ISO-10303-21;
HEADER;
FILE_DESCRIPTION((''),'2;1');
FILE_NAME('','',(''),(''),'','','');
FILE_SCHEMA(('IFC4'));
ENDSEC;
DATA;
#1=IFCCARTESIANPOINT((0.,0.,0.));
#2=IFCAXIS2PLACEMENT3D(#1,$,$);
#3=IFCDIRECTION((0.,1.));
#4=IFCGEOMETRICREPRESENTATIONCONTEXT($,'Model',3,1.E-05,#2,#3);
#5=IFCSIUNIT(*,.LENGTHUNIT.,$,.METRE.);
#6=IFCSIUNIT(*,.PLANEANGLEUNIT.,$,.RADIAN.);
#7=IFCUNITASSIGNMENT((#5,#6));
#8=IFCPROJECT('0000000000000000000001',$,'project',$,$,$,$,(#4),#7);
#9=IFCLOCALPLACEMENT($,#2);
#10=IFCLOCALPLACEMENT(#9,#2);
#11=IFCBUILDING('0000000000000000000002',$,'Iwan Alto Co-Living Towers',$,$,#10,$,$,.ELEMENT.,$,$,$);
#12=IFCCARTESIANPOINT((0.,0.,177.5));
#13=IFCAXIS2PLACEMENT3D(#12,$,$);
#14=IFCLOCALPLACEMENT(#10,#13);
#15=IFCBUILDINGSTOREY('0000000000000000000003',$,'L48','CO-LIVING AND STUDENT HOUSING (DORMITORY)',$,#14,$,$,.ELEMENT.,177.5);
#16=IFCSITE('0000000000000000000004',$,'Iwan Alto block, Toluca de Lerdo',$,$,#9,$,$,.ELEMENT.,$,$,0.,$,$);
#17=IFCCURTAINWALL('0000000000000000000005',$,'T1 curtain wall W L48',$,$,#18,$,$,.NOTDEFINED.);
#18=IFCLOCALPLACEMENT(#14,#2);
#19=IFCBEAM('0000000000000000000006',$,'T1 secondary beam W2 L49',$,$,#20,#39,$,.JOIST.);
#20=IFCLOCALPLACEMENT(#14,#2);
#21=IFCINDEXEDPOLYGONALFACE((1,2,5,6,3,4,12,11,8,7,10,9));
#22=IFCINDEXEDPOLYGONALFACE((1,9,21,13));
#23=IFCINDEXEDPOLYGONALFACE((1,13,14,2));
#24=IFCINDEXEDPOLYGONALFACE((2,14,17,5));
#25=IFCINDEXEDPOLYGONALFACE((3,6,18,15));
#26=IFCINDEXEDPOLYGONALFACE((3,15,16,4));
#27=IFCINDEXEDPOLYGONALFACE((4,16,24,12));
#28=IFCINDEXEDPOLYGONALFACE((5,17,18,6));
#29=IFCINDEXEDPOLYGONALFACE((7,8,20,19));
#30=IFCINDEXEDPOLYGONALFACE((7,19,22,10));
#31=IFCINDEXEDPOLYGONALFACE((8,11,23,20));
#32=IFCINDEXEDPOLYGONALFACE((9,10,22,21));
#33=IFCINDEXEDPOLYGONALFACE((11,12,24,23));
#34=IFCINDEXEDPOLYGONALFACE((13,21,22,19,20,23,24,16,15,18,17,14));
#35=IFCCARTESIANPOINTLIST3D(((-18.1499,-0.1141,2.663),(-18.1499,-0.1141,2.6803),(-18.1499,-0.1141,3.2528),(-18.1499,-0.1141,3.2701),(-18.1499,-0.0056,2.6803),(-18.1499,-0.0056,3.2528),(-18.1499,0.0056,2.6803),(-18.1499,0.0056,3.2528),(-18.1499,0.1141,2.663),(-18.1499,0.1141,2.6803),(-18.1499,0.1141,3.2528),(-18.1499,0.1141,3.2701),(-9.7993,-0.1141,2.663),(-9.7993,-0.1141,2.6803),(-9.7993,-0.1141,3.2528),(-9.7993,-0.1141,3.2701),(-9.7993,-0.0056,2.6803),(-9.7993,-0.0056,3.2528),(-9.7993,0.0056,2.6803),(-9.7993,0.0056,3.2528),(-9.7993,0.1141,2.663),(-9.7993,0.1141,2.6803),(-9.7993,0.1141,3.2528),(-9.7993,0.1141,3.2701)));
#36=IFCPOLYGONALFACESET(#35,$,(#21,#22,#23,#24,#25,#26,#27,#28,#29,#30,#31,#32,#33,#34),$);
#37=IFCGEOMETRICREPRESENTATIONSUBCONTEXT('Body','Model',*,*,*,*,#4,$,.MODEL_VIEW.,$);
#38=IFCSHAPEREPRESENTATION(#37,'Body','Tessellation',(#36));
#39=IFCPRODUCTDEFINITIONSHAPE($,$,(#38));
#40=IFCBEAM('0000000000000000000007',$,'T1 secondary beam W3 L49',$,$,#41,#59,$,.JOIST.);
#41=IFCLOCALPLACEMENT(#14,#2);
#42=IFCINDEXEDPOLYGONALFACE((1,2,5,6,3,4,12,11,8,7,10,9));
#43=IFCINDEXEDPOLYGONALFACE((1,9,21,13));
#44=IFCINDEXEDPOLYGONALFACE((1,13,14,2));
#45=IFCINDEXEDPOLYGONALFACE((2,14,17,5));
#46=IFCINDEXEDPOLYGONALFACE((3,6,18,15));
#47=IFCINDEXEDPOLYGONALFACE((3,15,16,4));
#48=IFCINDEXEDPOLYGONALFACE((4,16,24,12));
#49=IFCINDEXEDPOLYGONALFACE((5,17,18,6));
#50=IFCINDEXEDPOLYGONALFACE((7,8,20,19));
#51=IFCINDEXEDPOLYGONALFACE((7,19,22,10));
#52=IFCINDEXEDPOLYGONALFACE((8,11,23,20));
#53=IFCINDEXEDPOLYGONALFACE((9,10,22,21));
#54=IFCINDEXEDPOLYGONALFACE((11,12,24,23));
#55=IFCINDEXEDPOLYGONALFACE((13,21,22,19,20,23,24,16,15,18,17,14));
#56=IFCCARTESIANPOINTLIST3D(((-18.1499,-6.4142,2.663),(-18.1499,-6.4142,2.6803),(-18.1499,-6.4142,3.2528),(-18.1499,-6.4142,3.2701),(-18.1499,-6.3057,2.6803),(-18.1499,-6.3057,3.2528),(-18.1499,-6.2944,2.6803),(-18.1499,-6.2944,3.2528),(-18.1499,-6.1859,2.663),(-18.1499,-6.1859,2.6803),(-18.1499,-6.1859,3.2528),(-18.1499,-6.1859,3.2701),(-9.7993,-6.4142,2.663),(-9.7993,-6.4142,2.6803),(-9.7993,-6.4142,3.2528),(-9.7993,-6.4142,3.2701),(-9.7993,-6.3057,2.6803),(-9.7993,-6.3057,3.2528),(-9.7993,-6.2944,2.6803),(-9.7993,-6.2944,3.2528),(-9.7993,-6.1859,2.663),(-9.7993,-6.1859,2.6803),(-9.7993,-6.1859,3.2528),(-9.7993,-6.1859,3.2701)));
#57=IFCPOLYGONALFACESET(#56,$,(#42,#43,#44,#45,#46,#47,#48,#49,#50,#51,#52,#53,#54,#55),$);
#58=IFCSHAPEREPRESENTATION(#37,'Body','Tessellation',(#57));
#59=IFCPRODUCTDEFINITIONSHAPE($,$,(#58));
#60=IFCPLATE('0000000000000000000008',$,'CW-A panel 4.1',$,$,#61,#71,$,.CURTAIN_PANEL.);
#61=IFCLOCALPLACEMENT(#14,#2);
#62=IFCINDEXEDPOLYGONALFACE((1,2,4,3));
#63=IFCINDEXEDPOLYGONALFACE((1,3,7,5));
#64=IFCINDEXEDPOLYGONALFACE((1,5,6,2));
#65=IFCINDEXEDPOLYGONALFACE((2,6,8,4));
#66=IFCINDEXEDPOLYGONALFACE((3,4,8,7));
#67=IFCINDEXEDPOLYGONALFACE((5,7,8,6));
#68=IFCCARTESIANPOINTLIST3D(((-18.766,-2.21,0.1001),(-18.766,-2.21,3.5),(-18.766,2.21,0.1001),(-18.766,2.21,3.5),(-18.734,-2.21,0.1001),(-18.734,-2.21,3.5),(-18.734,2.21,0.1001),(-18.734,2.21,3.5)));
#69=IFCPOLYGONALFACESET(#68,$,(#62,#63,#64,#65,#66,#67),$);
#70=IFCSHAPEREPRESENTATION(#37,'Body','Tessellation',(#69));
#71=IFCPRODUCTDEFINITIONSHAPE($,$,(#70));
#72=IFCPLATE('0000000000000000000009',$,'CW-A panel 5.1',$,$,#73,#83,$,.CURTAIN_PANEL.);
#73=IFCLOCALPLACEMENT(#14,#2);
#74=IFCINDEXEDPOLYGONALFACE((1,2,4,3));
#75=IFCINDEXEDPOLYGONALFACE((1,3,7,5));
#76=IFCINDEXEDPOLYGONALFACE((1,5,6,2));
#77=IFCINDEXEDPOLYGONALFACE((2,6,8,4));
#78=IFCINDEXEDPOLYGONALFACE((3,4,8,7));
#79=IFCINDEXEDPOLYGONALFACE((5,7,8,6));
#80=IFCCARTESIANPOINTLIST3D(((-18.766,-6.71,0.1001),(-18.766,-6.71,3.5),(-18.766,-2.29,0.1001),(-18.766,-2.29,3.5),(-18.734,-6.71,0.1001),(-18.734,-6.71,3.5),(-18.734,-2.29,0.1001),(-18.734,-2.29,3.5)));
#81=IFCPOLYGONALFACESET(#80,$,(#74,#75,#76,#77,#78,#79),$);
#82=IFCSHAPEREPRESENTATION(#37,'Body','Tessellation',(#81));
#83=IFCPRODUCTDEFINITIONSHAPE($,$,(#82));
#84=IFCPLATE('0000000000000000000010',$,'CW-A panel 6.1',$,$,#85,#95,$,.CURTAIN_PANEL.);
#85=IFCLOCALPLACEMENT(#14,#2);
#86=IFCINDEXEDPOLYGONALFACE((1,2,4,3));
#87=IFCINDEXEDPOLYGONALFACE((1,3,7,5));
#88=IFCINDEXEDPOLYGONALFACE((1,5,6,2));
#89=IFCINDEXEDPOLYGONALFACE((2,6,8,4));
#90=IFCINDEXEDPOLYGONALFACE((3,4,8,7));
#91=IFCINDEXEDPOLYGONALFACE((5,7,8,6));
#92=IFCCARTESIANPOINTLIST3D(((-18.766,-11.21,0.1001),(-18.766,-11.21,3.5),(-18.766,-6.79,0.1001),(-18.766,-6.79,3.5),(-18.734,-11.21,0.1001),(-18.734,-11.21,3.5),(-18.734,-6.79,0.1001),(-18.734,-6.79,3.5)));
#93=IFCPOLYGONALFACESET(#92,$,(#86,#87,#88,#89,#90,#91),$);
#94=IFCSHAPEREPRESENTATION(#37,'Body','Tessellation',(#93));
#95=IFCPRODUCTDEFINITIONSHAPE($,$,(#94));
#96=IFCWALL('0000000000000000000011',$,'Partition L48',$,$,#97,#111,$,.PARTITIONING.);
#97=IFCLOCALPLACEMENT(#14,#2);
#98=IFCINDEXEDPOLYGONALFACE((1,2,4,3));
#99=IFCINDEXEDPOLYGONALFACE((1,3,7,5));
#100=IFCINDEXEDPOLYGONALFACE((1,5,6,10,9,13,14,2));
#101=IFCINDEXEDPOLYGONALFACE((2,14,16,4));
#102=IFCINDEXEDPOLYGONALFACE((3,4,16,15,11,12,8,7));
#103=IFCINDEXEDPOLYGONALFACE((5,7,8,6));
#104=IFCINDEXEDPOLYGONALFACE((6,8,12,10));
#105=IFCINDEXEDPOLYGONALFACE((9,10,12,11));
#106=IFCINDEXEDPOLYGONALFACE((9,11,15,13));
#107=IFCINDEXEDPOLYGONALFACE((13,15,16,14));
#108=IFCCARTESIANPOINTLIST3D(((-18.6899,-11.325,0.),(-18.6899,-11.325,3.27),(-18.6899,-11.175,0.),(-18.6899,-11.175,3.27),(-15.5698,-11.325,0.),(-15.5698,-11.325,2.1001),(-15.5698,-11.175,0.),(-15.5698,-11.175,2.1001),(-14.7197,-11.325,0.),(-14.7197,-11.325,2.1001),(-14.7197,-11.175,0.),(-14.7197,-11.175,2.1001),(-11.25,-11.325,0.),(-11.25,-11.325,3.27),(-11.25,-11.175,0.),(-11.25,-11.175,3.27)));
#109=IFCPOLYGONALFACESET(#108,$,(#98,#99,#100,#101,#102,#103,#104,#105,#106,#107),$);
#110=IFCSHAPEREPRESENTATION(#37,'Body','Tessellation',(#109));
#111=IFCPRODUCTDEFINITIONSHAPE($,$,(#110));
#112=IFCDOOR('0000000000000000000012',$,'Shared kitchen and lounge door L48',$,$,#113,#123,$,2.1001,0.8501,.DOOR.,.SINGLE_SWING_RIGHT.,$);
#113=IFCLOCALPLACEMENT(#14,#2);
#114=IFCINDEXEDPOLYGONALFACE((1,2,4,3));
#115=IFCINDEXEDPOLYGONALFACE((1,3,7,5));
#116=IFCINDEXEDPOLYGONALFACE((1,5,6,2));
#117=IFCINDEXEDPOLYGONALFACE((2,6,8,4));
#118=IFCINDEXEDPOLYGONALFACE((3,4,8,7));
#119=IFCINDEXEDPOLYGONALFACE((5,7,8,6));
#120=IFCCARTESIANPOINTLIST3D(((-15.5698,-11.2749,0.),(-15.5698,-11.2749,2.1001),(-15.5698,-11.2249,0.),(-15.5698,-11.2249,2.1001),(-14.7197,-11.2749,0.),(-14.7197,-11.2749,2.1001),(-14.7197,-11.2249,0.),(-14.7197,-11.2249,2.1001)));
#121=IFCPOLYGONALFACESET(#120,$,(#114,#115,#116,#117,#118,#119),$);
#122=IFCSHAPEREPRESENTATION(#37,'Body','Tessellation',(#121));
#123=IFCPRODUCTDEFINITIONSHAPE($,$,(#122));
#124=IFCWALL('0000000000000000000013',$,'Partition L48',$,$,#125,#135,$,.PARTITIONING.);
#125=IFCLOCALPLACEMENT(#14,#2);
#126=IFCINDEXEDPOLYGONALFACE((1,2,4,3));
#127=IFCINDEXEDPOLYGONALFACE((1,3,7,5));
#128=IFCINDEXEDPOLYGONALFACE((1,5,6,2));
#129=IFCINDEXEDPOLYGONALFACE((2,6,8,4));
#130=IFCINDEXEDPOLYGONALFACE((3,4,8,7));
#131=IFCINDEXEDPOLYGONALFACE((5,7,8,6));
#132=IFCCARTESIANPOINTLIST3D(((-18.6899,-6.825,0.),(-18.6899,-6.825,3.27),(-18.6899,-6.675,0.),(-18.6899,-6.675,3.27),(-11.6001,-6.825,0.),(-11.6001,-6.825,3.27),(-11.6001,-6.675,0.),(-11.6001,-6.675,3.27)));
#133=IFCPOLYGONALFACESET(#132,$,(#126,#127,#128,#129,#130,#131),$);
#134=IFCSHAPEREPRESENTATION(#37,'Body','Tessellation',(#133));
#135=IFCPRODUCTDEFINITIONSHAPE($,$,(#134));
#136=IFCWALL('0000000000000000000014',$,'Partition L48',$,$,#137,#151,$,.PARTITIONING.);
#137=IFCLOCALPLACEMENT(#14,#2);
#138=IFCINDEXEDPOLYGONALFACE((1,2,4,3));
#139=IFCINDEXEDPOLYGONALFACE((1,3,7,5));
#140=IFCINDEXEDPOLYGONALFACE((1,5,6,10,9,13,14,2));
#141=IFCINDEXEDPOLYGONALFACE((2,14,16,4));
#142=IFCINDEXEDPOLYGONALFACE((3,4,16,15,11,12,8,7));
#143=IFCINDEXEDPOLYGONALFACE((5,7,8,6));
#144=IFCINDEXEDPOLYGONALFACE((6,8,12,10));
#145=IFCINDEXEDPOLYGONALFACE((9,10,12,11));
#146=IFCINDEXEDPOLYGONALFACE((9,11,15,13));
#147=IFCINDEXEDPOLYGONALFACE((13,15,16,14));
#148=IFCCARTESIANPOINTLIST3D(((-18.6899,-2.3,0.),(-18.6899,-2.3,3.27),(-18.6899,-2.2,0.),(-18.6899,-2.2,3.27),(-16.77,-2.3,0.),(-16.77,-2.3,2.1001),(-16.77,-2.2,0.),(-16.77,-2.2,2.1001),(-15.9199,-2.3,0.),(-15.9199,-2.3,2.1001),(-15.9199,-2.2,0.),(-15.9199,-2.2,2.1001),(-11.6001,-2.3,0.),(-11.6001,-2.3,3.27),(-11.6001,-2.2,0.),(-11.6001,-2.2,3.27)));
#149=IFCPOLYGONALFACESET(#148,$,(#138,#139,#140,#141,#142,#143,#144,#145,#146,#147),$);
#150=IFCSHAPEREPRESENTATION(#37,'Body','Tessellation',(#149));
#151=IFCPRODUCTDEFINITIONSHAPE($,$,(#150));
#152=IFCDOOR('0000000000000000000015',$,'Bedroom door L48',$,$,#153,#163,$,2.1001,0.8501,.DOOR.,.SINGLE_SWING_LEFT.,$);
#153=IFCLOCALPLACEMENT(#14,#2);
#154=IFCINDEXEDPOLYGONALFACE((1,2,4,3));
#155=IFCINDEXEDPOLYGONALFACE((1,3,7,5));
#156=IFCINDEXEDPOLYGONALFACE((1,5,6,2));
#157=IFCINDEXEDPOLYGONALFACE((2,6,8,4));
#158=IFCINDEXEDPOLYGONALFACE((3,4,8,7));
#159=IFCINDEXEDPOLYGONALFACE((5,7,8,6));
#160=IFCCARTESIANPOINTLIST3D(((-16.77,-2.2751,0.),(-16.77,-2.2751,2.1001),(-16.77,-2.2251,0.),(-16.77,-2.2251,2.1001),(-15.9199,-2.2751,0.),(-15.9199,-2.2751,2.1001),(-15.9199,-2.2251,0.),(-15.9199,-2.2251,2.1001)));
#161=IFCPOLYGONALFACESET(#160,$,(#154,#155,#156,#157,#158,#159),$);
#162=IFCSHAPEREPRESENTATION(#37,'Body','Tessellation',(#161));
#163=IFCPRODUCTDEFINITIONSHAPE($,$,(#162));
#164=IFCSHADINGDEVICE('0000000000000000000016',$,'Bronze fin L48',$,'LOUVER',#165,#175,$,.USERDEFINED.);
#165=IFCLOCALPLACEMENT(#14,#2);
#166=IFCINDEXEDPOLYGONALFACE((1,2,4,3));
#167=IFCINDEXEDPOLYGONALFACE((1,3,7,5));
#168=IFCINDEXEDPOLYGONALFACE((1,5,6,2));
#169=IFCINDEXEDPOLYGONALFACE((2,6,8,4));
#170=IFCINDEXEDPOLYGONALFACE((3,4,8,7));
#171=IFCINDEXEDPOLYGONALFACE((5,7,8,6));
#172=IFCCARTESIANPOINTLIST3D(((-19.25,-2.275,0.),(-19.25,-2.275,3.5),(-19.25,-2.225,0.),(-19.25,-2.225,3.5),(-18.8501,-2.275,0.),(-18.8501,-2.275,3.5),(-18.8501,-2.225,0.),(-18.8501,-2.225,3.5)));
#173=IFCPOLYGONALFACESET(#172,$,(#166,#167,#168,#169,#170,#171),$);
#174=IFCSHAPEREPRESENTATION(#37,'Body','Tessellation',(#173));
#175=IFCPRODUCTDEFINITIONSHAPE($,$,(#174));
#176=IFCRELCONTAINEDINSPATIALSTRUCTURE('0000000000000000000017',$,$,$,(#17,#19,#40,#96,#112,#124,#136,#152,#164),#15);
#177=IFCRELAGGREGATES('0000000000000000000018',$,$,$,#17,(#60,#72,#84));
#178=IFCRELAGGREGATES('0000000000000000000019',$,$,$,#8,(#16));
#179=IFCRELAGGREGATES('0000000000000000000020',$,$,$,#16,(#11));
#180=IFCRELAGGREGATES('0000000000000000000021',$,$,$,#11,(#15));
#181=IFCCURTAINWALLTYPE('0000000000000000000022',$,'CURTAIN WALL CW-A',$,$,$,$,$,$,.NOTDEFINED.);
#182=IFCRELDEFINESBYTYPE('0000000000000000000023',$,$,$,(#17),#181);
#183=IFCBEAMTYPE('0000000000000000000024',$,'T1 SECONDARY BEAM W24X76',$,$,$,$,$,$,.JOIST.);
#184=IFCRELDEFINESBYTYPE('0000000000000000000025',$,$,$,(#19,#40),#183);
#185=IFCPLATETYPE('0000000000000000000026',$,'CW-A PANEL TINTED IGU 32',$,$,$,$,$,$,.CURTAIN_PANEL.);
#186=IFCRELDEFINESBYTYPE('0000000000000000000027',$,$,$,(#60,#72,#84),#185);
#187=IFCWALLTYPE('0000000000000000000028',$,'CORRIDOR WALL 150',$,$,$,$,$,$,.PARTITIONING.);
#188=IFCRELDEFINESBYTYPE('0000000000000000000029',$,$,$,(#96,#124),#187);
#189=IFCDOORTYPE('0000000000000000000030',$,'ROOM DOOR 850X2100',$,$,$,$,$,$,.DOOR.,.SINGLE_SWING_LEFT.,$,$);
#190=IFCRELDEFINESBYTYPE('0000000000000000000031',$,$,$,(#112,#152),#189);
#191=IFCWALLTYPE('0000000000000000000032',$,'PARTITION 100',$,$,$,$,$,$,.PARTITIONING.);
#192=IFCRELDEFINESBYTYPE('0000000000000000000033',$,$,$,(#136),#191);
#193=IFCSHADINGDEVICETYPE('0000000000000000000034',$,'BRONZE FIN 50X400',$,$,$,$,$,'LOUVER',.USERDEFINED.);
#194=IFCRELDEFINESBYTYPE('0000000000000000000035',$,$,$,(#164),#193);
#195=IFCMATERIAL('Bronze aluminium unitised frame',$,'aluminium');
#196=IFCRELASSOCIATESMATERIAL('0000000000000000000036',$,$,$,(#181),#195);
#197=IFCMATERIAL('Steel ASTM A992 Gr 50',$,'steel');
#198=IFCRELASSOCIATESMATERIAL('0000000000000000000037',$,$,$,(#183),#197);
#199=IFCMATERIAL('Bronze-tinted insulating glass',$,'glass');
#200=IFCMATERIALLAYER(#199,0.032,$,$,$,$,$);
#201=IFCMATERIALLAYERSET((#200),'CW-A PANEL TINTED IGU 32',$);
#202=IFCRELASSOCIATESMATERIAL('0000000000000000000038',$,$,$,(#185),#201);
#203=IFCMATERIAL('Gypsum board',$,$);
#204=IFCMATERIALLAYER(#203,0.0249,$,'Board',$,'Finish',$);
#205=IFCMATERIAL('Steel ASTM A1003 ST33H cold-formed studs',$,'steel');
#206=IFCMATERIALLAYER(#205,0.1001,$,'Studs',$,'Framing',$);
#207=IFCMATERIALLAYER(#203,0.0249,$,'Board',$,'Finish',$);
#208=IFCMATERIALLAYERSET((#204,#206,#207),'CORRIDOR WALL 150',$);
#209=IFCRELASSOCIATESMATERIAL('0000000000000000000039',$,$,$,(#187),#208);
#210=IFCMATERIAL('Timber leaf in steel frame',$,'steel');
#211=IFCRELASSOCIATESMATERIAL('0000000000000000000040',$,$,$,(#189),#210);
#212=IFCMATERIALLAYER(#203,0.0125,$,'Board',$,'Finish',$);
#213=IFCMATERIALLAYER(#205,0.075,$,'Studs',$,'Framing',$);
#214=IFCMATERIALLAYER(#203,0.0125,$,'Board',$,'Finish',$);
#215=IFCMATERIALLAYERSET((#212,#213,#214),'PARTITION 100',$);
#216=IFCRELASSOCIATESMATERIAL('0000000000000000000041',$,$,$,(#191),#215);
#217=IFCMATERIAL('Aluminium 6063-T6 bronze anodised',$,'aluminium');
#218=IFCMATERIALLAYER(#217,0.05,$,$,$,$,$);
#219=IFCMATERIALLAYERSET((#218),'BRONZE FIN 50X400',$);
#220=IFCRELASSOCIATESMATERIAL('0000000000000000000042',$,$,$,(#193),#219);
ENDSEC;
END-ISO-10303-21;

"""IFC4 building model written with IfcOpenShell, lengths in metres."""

from ifc_helpers import new_model, si_unit, direction, frame, frame_2d, origin, origin_2d, place, context, subcontext, project, spatial, rectangle, i_section, extrude, material, layer, layer_set, material_profile, profile_set, type_object, element, fill, aggregate, save


model = new_model("IFC4")

# Units and contexts
model_context = context("Model", 3, precision=1e-05, world=origin(), true_north=direction((0.0, 1.0)))
body_context = subcontext(model_context, "Body", "Model", "MODEL_VIEW")
ifc_project = project(units=[si_unit("LENGTHUNIT", "METRE"), si_unit("PLANEANGLEUNIT", "RADIAN")], contexts=[model_context])

# Site, building, storey
site_placement = place(None, origin())
site = spatial("IfcSite", under=ifc_project, at=site_placement, Name="Iwan Alto block, Toluca de Lerdo", CompositionType="ELEMENT", RefElevation=0.0)
building_placement = place(site_placement, origin())
building = spatial("IfcBuilding", under=site, at=building_placement, Name="Iwan Alto Co-Living Towers", CompositionType="ELEMENT")
storey_placement = place(building_placement, frame((0.0, 0.0, 177.5)))
storey = spatial("IfcBuildingStorey", under=building, at=storey_placement, Name="L48", Description="CO-LIVING AND STUDENT HOUSING (DORMITORY)", CompositionType="ELEMENT", Elevation=177.5)

# Curtain wall
ifc_material_1 = material(Name="Bronze aluminium unitised frame", Category="aluminium")
curtain_wall_type = type_object("IfcCurtainWallType", Name="CURTAIN WALL CW-A", PredefinedType="NOTDEFINED", material=ifc_material_1)
curtain_wall_placement = place(storey_placement, origin())
curtain_wall = element("IfcCurtainWall", 1, at=curtain_wall_placement, inside=storey, type_object=curtain_wall_type, Name="T1 curtain wall W L48", PredefinedType="NOTDEFINED")

# Beams
ifc_material_2 = material(Name="Steel ASTM A992 Gr 50", Category="steel")
ifc_material_profile_1 = material_profile(ifc_material_2, i_section(OverallWidth=0.2283, OverallDepth=0.6072, WebThickness=0.0112, FlangeThickness=0.0173, at=origin_2d()), Name="W24X76")
ifc_profile_set_1 = profile_set([ifc_material_profile_1], Name="Steel ASTM A992 Gr 50")
beam_type_1 = type_object("IfcBeamType", Name="T1 SECONDARY BEAM W24X76", PredefinedType="JOIST", material=ifc_profile_set_1)
for number, where, z_axis, x_axis, name in (
    (2, (-18.1499, 0.0, 2.9666), (1.0, 0.0, 0.0), (0.0, 1.0, 0.0), "T1 secondary beam W2 L49"),
    (3, (-18.1499, -6.3, 2.9666), (1.0, 0.0, 0.0), (0.0, 1.0, 0.0), "T1 secondary beam W3 L49"),
):
    element("IfcBeam", number, at=place(storey_placement, frame(where, z_axis=z_axis, x_axis=x_axis)), inside=storey, type_object=beam_type_1, Name=name, PredefinedType="JOIST", context=body_context, shape_type="SweptSolid", body=[
        extrude(i_section(OverallWidth=0.2283, OverallDepth=0.6072, WebThickness=0.0112, FlangeThickness=0.0173, at=origin_2d()), origin(), (0.0, 0.0, 1.0), 8.3506),
    ])

# Plates
ifc_material_3 = material(Name="Bronze-tinted insulating glass", Category="glass")
ifc_layer_1 = layer(ifc_material_3, 0.032)
ifc_layer_set_1 = layer_set([ifc_layer_1], Name="CW-A PANEL TINTED IGU 32")
plate_type = type_object("IfcPlateType", Name="CW-A PANEL TINTED IGU 32", PredefinedType="CURTAIN_PANEL", material=ifc_layer_set_1)
plate_1_placement = place(storey_placement, frame((-18.75, 0.0, 0.1001), z_axis=(0.0, 0.0, 1.0), x_axis=(0.0, -1.0, 0.0)))
plate_1 = element("IfcPlate", 4, at=plate_1_placement, type_object=plate_type, Name="CW-A panel 4.1", PredefinedType="CURTAIN_PANEL", context=body_context, shape_type="SweptSolid", body=[
    extrude(rectangle(XDim=4.4199, YDim=0.032, at=origin_2d()), origin(), (0.0, 0.0, 1.0), 3.3999),
])
plate_2_placement = place(storey_placement, frame((-18.75, -4.5, 0.1001), z_axis=(0.0, 0.0, 1.0), x_axis=(0.0, -1.0, 0.0)))
plate_2 = element("IfcPlate", 5, at=plate_2_placement, type_object=plate_type, Name="CW-A panel 5.1", PredefinedType="CURTAIN_PANEL", context=body_context, shape_type="SweptSolid", body=[
    extrude(rectangle(XDim=4.4199, YDim=0.032, at=origin_2d()), origin(), (0.0, 0.0, 1.0), 3.3999),
])
plate_3_placement = place(storey_placement, frame((-18.75, -9.0, 0.1001), z_axis=(0.0, 0.0, 1.0), x_axis=(0.0, -1.0, 0.0)))
plate_3 = element("IfcPlate", 6, at=plate_3_placement, type_object=plate_type, Name="CW-A panel 6.1", PredefinedType="CURTAIN_PANEL", context=body_context, shape_type="SweptSolid", body=[
    extrude(rectangle(XDim=4.4199, YDim=0.032, at=origin_2d()), origin(), (0.0, 0.0, 1.0), 3.3999),
])
aggregate(curtain_wall, [plate_1, plate_2, plate_3])

# Wall, opening, door
ifc_material_4 = material(Name="Gypsum board")
ifc_layer_2 = layer(ifc_material_4, 0.0249, Name="Board", Category="Finish")
ifc_material_5 = material(Name="Steel ASTM A1003 ST33H cold-formed studs", Category="steel")
ifc_layer_3 = layer(ifc_material_5, 0.1001, Name="Studs", Category="Framing")
ifc_layer_4 = layer(ifc_material_4, 0.0249, Name="Board", Category="Finish")
ifc_layer_set_2 = layer_set([ifc_layer_2, ifc_layer_3, ifc_layer_4], Name="CORRIDOR WALL 150")
wall_type_1 = type_object("IfcWallType", Name="CORRIDOR WALL 150", PredefinedType="PARTITIONING", material=ifc_layer_set_2)
wall_1_placement = place(storey_placement, frame((-18.6899, -11.25, 0.0), z_axis=(0.0, 0.0, 1.0), x_axis=(1.0, 0.0, 0.0)))
wall_1 = element("IfcWall", 7, at=wall_1_placement, inside=storey, type_object=wall_type_1, Name="Partition L48", PredefinedType="PARTITIONING", context=body_context, shape_type="SweptSolid", body=[
    extrude(rectangle(XDim=7.4399, YDim=0.1499, at=frame_2d((3.72, 0.0))), origin(), (0.0, 0.0, 1.0), 3.27),
])
opening_1_placement = place(wall_1_placement, frame((3.1201, 0.0, 0.0)))
opening_1 = element("IfcOpeningElement", 8, at=opening_1_placement, cuts=wall_1, PredefinedType="OPENING", context=body_context, shape_type="SweptSolid", body=[
    extrude(rectangle(XDim=0.8501, YDim=2.1001, at=frame_2d((0.425, 1.05))), frame((0.0, 0.085, 0.0), z_axis=(0.0, -1.0, 0.0), x_axis=(1.0, 0.0, 0.0)), (0.0, 0.0, 1.0), 0.1699),
])
ifc_material_6 = material(Name="Timber leaf in steel frame", Category="steel")
door_type = type_object("IfcDoorType", Name="ROOM DOOR 850X2100", OperationType="SINGLE_SWING_LEFT", PredefinedType="DOOR", material=ifc_material_6)
door_1_placement = place(opening_1_placement, frame((0.8501, 0.0, 0.0), z_axis=(0.0, 0.0, 1.0), x_axis=(-1.0, 0.0, 0.0)))
door_1 = element("IfcDoor", 9, at=door_1_placement, inside=storey, type_object=door_type, Name="Shared kitchen and lounge door L48", OperationType="SINGLE_SWING_RIGHT", OverallHeight=2.1001, OverallWidth=0.8501, PredefinedType="DOOR", context=body_context, shape_type="SweptSolid", body=[
    extrude(rectangle(XDim=0.8501, YDim=2.1001, at=frame_2d((0.425, 1.05))), frame((0.0, 0.0249, 0.0), z_axis=(0.0, -1.0, 0.0), x_axis=(1.0, 0.0, 0.0)), (0.0, 0.0, 1.0), 0.05),
])
fill(opening_1, door_1)

# Wall
wall_2_placement = place(storey_placement, frame((-18.6899, -6.75, 0.0), z_axis=(0.0, 0.0, 1.0), x_axis=(1.0, 0.0, 0.0)))
element("IfcWall", 10, at=wall_2_placement, inside=storey, type_object=wall_type_1, Name="Partition L48", PredefinedType="PARTITIONING", context=body_context, shape_type="SweptSolid", body=[
    extrude(rectangle(XDim=7.0898, YDim=0.1499, at=frame_2d((3.5449, 0.0))), origin(), (0.0, 0.0, 1.0), 3.27),
])

# Wall, opening, door
ifc_layer_5 = layer(ifc_material_4, 0.0125, Name="Board", Category="Finish")
ifc_layer_6 = layer(ifc_material_5, 0.075, Name="Studs", Category="Framing")
ifc_layer_7 = layer(ifc_material_4, 0.0125, Name="Board", Category="Finish")
ifc_layer_set_3 = layer_set([ifc_layer_5, ifc_layer_6, ifc_layer_7], Name="PARTITION 100")
wall_type_2 = type_object("IfcWallType", Name="PARTITION 100", PredefinedType="PARTITIONING", material=ifc_layer_set_3)
wall_3_placement = place(storey_placement, frame((-18.6899, -2.25, 0.0), z_axis=(0.0, 0.0, 1.0), x_axis=(1.0, 0.0, 0.0)))
wall_3 = element("IfcWall", 11, at=wall_3_placement, inside=storey, type_object=wall_type_2, Name="Partition L48", PredefinedType="PARTITIONING", context=body_context, shape_type="SweptSolid", body=[
    extrude(rectangle(XDim=7.0898, YDim=0.1001, at=frame_2d((3.5449, 0.0))), origin(), (0.0, 0.0, 1.0), 3.27),
])
opening_2_placement = place(wall_3_placement, frame((1.9199, 0.0, 0.0)))
opening_2 = element("IfcOpeningElement", 12, at=opening_2_placement, cuts=wall_3, PredefinedType="OPENING", context=body_context, shape_type="SweptSolid", body=[
    extrude(rectangle(XDim=0.8501, YDim=2.1001, at=frame_2d((0.425, 1.05))), frame((0.0, 0.0601, 0.0), z_axis=(0.0, -1.0, 0.0), x_axis=(1.0, 0.0, 0.0)), (0.0, 0.0, 1.0), 0.1201),
])
door_2_placement = place(opening_2_placement, origin())
door_2 = element("IfcDoor", 13, at=door_2_placement, inside=storey, type_object=door_type, Name="Bedroom door L48", OperationType="SINGLE_SWING_LEFT", OverallHeight=2.1001, OverallWidth=0.8501, PredefinedType="DOOR", context=body_context, shape_type="SweptSolid", body=[
    extrude(rectangle(XDim=0.8501, YDim=2.1001, at=frame_2d((0.425, 1.05))), frame((0.0, 0.0249, 0.0), z_axis=(0.0, -1.0, 0.0), x_axis=(1.0, 0.0, 0.0)), (0.0, 0.0, 1.0), 0.05),
])
fill(opening_2, door_2)

# Shading device
ifc_material_7 = material(Name="Aluminium 6063-T6 bronze anodised", Category="aluminium")
ifc_layer_8 = layer(ifc_material_7, 0.05)
ifc_layer_set_4 = layer_set([ifc_layer_8], Name="BRONZE FIN 50X400")
shading_device_type = type_object("IfcShadingDeviceType", Name="BRONZE FIN 50X400", ElementType="LOUVER", PredefinedType="USERDEFINED", material=ifc_layer_set_4)
shading_device_placement = place(storey_placement, frame((-19.05, -2.25, 0.0), z_axis=(0.0, 0.0, 1.0), x_axis=(0.0, -1.0, 0.0)))
element("IfcShadingDevice", 14, at=shading_device_placement, inside=storey, type_object=shading_device_type, Name="Bronze fin L48", ObjectType="LOUVER", PredefinedType="USERDEFINED", context=body_context, shape_type="SweptSolid", body=[
    extrude(rectangle(XDim=0.05, YDim=0.3999, at=origin_2d()), origin(), (0.0, 0.0, 1.0), 3.5),
])

save(model, "model.ifc")
